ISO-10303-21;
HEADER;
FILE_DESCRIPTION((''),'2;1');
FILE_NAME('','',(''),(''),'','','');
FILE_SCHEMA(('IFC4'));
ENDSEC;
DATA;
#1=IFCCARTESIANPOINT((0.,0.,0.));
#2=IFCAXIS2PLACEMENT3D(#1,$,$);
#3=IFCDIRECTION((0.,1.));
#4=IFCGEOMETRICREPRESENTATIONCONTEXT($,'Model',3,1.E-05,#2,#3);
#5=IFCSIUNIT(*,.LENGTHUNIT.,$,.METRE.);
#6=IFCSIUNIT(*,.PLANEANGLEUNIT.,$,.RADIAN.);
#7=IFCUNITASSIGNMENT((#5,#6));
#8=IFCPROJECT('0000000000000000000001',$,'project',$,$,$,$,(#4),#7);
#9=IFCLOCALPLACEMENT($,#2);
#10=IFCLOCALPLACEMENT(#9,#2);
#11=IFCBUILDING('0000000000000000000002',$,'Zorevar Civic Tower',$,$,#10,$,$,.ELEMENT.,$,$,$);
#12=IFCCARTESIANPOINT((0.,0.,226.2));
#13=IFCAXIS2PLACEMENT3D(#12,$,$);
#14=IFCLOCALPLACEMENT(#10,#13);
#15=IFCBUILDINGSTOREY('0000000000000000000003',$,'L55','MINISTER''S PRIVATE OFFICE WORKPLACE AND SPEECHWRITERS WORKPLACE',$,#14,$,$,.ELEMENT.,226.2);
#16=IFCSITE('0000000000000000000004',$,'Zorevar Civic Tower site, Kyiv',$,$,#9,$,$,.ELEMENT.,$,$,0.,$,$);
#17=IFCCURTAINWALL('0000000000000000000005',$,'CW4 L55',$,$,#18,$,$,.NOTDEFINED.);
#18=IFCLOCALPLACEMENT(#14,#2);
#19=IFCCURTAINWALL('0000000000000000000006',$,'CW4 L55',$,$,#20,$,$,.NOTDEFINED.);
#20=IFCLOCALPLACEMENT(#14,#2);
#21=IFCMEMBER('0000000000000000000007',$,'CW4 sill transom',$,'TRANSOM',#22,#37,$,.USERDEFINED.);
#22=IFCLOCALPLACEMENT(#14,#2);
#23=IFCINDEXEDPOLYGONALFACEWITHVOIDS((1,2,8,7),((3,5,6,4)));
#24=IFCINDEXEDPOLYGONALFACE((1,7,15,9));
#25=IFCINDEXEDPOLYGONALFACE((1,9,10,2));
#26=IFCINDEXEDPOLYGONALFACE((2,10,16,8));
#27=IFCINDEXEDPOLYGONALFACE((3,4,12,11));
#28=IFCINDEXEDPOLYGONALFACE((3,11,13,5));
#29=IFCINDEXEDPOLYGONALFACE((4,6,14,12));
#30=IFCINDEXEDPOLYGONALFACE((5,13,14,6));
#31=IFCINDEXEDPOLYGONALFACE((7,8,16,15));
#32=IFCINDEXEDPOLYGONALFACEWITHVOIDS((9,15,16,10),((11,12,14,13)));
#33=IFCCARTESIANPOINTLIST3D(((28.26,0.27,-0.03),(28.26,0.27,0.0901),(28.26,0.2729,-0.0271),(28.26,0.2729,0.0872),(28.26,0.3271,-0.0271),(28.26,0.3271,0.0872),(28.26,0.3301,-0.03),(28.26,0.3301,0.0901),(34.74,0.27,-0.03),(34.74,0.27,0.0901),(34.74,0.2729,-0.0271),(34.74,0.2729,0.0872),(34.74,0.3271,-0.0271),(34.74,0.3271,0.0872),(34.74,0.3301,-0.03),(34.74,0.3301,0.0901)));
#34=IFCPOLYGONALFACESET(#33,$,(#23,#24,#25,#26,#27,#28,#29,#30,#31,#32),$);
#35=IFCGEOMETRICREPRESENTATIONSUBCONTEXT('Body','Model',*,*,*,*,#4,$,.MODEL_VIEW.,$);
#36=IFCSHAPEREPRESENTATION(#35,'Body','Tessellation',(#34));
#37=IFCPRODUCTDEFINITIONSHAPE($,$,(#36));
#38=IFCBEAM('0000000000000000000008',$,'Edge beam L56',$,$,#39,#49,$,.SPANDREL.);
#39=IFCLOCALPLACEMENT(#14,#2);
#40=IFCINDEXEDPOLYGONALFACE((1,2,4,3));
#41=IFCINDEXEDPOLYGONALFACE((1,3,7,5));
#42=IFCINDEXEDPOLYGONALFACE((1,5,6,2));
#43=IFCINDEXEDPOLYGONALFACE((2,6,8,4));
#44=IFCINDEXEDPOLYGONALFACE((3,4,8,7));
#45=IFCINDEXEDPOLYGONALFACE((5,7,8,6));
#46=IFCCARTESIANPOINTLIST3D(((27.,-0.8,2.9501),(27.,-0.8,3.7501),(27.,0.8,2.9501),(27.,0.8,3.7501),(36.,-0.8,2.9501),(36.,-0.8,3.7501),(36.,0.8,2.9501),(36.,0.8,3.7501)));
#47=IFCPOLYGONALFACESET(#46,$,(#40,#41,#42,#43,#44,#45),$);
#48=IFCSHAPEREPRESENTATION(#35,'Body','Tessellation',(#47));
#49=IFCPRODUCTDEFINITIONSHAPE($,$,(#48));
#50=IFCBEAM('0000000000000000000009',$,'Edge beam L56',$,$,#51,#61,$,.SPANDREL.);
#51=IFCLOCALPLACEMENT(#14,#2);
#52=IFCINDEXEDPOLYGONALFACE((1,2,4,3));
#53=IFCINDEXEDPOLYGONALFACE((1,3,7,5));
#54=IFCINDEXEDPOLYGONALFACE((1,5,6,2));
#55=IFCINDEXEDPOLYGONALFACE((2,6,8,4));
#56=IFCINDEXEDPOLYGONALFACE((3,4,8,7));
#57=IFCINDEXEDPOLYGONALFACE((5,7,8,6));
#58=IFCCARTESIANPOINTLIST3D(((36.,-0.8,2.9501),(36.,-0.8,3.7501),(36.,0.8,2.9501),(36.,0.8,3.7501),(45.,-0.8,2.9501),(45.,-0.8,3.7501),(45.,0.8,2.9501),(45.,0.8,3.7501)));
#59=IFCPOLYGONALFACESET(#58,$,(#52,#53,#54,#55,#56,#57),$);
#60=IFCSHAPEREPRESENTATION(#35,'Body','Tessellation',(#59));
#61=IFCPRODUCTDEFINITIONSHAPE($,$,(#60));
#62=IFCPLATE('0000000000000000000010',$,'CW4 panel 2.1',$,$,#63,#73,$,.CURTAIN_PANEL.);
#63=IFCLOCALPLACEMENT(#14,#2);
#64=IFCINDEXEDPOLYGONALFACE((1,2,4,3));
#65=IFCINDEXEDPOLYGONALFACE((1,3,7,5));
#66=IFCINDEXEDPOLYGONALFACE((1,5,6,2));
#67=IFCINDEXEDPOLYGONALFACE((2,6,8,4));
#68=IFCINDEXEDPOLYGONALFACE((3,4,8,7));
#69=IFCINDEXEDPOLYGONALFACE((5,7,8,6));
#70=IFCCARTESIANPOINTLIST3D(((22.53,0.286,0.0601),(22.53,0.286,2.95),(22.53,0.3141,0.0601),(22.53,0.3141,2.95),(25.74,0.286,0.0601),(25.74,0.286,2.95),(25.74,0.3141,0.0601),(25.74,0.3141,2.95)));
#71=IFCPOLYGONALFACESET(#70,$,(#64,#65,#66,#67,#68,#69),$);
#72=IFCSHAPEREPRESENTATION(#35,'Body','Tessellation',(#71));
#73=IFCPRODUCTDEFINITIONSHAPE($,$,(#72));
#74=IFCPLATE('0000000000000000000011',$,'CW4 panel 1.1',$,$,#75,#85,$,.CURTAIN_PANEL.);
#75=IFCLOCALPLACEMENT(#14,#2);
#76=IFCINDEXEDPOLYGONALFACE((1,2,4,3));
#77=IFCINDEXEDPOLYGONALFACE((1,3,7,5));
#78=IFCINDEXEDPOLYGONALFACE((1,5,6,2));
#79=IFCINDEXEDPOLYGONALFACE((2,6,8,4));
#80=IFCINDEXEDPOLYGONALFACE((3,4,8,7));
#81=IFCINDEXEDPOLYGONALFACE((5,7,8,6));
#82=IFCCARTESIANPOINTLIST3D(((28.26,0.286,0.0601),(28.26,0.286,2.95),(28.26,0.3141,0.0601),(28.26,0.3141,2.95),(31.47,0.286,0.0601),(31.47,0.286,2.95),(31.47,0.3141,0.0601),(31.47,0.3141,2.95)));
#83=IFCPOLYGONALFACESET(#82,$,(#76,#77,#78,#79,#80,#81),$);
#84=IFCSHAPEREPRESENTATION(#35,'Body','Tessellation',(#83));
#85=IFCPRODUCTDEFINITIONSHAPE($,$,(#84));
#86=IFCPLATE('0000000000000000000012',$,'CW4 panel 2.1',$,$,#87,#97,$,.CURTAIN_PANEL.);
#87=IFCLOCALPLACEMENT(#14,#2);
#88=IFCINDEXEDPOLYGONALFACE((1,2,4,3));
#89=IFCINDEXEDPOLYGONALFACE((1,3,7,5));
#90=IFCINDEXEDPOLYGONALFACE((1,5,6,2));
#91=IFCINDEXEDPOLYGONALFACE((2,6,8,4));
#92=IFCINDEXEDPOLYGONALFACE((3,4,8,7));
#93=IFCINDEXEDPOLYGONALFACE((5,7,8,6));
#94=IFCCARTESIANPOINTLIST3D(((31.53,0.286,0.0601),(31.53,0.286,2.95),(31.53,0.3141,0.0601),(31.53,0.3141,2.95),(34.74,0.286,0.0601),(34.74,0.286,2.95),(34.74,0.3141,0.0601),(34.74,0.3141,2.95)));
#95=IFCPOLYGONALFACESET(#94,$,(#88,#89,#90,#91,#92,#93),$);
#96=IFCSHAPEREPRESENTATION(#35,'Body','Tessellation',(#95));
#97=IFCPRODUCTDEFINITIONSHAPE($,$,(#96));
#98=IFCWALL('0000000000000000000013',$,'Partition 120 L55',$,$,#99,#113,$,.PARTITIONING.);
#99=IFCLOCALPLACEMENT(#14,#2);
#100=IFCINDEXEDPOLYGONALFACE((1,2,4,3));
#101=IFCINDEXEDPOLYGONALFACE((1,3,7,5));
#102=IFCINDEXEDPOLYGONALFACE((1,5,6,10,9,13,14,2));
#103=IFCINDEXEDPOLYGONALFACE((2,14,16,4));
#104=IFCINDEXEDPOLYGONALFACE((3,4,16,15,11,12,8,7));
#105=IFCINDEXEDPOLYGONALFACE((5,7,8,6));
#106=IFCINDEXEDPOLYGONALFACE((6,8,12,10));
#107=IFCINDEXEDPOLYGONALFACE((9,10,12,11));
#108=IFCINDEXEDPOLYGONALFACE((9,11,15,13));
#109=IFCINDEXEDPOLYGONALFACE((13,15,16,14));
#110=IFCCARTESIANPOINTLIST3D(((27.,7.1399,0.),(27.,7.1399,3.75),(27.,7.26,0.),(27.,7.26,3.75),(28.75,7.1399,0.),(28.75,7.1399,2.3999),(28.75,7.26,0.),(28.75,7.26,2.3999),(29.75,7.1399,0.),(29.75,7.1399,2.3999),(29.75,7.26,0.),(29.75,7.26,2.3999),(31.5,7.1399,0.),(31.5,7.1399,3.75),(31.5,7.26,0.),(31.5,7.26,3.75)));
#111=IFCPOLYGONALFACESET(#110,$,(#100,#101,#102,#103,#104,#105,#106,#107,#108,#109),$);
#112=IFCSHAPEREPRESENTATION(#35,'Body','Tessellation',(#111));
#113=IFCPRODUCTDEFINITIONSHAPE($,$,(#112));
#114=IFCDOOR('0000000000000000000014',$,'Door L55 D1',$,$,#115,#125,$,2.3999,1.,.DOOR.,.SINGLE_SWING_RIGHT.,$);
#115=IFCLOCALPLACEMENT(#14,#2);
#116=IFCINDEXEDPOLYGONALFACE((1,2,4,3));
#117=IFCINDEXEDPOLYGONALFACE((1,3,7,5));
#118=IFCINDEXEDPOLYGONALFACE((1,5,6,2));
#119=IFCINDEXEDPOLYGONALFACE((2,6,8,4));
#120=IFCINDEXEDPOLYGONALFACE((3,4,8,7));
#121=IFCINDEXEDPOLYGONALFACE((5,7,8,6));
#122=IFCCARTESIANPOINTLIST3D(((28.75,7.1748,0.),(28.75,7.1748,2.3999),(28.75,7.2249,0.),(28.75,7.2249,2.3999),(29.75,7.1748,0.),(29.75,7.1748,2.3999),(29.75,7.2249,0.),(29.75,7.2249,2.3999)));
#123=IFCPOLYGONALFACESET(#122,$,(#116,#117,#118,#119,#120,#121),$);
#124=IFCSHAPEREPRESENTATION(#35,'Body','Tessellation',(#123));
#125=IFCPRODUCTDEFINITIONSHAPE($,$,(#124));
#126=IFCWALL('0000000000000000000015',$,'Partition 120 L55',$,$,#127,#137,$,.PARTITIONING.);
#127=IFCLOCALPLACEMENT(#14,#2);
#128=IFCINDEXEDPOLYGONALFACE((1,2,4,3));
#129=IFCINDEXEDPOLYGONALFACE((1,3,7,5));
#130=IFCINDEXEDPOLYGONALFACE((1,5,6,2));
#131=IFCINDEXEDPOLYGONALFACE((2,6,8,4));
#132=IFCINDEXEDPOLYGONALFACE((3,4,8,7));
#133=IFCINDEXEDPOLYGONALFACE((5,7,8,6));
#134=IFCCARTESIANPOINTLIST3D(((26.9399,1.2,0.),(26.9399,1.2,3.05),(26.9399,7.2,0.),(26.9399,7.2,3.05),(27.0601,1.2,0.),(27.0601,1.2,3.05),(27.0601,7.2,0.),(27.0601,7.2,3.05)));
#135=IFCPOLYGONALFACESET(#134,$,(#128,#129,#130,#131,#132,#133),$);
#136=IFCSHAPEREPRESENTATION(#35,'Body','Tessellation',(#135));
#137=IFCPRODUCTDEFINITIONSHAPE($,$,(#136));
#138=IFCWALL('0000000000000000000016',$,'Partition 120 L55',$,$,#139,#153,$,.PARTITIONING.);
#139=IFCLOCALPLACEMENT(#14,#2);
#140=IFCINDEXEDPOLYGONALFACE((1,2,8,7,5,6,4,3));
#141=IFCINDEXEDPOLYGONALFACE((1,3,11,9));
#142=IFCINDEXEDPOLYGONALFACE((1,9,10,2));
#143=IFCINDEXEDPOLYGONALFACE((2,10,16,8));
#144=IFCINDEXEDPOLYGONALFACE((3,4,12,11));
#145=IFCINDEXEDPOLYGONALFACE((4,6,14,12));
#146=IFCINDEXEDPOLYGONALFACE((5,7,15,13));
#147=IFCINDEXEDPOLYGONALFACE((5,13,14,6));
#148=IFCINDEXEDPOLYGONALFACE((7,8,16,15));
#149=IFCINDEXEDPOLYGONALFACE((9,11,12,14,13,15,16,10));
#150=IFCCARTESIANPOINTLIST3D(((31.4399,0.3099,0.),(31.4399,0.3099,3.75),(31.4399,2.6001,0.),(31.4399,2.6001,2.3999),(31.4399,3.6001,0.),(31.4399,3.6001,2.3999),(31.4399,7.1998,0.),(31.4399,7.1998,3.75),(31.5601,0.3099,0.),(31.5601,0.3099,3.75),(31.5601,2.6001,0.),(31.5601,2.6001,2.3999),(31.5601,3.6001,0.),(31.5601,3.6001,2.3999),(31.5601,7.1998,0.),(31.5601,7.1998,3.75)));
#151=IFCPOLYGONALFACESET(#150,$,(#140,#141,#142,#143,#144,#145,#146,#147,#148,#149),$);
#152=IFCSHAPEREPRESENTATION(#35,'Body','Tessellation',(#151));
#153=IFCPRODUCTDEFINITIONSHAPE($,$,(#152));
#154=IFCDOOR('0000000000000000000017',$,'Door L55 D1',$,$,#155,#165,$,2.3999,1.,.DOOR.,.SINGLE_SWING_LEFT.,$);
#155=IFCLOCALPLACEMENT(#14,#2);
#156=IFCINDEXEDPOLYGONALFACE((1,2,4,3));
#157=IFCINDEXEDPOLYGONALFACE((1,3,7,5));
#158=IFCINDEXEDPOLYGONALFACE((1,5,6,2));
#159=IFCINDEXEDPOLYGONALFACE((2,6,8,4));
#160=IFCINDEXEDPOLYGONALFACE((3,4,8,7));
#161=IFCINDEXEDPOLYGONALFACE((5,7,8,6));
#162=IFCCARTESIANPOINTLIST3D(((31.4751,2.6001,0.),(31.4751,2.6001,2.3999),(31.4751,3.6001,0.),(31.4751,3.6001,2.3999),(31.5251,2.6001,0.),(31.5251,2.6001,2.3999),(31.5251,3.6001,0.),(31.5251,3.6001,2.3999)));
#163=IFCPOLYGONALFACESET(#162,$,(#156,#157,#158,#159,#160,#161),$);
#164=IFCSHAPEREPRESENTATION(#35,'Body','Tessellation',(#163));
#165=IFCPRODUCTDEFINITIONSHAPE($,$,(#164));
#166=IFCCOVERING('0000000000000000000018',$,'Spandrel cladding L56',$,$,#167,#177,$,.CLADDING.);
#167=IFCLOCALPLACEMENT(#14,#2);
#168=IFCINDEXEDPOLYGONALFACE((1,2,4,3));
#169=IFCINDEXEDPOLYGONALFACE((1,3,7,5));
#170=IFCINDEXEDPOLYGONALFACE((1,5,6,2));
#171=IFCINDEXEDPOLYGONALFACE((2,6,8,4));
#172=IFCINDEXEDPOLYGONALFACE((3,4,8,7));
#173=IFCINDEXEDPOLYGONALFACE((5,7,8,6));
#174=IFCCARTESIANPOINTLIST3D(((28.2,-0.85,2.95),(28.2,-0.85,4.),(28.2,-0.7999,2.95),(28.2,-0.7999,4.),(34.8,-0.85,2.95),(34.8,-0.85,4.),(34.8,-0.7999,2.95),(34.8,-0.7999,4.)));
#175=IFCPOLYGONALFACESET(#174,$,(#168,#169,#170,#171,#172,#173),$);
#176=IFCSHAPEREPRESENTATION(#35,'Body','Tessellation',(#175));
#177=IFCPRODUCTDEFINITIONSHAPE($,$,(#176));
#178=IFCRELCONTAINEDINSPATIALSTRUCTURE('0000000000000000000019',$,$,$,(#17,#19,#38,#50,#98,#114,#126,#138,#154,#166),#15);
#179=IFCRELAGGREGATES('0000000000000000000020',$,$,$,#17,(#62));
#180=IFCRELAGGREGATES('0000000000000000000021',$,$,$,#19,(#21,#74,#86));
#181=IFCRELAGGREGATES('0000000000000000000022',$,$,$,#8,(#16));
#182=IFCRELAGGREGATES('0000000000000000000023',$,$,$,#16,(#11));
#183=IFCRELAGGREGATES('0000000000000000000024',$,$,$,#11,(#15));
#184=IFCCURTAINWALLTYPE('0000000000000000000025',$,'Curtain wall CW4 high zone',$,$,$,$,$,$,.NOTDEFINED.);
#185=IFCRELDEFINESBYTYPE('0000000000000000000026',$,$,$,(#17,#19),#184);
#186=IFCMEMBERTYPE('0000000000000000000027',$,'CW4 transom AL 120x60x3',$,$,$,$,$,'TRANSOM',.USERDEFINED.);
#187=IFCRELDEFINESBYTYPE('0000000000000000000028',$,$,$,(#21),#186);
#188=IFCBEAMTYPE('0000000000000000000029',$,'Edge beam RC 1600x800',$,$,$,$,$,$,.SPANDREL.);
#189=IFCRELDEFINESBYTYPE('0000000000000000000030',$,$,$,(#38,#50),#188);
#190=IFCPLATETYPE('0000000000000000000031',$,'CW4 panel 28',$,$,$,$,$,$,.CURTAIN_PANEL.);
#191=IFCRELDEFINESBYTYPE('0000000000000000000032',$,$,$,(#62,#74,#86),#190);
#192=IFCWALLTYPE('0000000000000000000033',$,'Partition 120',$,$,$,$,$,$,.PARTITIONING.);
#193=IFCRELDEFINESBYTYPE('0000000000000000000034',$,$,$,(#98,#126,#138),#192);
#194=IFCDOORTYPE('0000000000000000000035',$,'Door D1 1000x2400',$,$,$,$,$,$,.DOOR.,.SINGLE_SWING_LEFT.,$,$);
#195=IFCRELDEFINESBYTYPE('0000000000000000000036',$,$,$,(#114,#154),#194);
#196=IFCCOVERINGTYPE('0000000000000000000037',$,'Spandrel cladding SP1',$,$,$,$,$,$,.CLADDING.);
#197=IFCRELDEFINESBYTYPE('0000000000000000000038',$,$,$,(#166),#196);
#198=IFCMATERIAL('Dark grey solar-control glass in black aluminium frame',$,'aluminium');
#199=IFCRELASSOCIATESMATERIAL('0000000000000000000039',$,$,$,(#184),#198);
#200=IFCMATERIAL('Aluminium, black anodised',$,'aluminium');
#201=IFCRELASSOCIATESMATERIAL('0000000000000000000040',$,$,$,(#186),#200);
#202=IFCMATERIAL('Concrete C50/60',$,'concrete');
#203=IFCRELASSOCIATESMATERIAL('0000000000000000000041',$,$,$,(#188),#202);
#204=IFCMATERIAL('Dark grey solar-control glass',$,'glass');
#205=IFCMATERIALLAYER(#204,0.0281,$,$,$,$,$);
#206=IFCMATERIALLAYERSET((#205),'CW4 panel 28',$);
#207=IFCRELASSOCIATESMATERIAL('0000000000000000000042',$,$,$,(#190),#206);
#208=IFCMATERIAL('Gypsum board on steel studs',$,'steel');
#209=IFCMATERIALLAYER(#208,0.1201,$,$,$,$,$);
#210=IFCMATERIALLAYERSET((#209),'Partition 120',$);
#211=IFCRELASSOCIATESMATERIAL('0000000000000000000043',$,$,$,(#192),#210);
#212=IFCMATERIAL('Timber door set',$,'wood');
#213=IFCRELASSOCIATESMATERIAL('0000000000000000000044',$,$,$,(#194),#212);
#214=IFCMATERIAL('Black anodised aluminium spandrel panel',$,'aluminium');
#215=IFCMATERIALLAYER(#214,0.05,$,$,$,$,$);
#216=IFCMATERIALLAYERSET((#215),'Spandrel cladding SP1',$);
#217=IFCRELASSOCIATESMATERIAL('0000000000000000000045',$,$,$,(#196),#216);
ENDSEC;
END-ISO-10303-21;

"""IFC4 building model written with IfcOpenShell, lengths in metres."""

from ifc_helpers import new_model, si_unit, direction, frame, frame_2d, origin, origin_2d, place, context, subcontext, project, spatial, rectangle, hollow_rectangle, extrude, material, layer, layer_set, material_profile, profile_set, type_object, element, fill, aggregate, save


model = new_model("IFC4")

# Units and contexts
model_context = context("Model", 3, precision=1e-05, world=origin(), true_north=direction((0.0, 1.0)))
body_context = subcontext(model_context, "Body", "Model", "MODEL_VIEW")
ifc_project = project(units=[si_unit("LENGTHUNIT", "METRE"), si_unit("PLANEANGLEUNIT", "RADIAN")], contexts=[model_context])

# Site, building, storey
site_placement = place(None, origin())
site = spatial("IfcSite", under=ifc_project, at=site_placement, Name="Zorevar Civic Tower site, Kyiv", CompositionType="ELEMENT", RefElevation=0.0)
building_placement = place(site_placement, origin())
building = spatial("IfcBuilding", under=site, at=building_placement, Name="Zorevar Civic Tower", CompositionType="ELEMENT")
storey_placement = place(building_placement, frame((0.0, 0.0, 226.2)))
storey = spatial("IfcBuildingStorey", under=building, at=storey_placement, Name="L55", Description="MINISTER'S PRIVATE OFFICE WORKPLACE AND SPEECHWRITERS WORKPLACE", CompositionType="ELEMENT", Elevation=226.2)

# Curtain walls
ifc_material_1 = material(Name="Dark grey solar-control glass in black aluminium frame", Category="aluminium")
curtain_wall_type = type_object("IfcCurtainWallType", Name="Curtain wall CW4 high zone", PredefinedType="NOTDEFINED", material=ifc_material_1)
curtain_wall_1_placement = place(storey_placement, origin())
curtain_wall_1 = element("IfcCurtainWall", 1, at=curtain_wall_1_placement, inside=storey, type_object=curtain_wall_type, Name="CW4 L55", PredefinedType="NOTDEFINED")
curtain_wall_2_placement = place(storey_placement, origin())
curtain_wall_2 = element("IfcCurtainWall", 2, at=curtain_wall_2_placement, inside=storey, type_object=curtain_wall_type, Name="CW4 L55", PredefinedType="NOTDEFINED")

# Member
ifc_material_2 = material(Name="Aluminium, black anodised", Category="aluminium")
ifc_material_profile_1 = material_profile(ifc_material_2, hollow_rectangle(XDim=0.0601, YDim=0.1201, WallThickness=0.0029, at=origin_2d()), Name="AL 120x60x3")
ifc_profile_set_1 = profile_set([ifc_material_profile_1], Name="Aluminium, black anodised")
member_type_1 = type_object("IfcMemberType", Name="CW4 transom AL 120x60x3", ElementType="TRANSOM", PredefinedType="USERDEFINED", material=ifc_profile_set_1)
member_1_placement = place(storey_placement, frame((28.26, 0.3, 0.03), z_axis=(1.0, 0.0, 0.0), x_axis=(0.0, 1.0, 0.0)))
member_1 = element("IfcMember", 3, at=member_1_placement, type_object=member_type_1, Name="CW4 sill transom", ObjectType="TRANSOM", PredefinedType="USERDEFINED", context=body_context, shape_type="SweptSolid", body=[
    extrude(hollow_rectangle(XDim=0.0601, YDim=0.1201, WallThickness=0.0029, at=origin_2d()), origin(), (0.0, 0.0, 1.0), 6.48),
])

# Beams
ifc_material_3 = material(Name="Concrete C50/60", Category="concrete")
ifc_material_profile_2 = material_profile(ifc_material_3, rectangle(XDim=1.6001, YDim=0.8, at=origin_2d()), Name="RC 1600x800")
ifc_profile_set_2 = profile_set([ifc_material_profile_2], Name="Concrete C50/60")
beam_type_1 = type_object("IfcBeamType", Name="Edge beam RC 1600x800", PredefinedType="SPANDREL", material=ifc_profile_set_2)
for number, where, z_axis, x_axis, name in (
    (4, (27.0, 0.0, 3.3501), (1.0, 0.0, 0.0), (0.0, 1.0, 0.0), "Edge beam L56"),
    (5, (36.0, 0.0, 3.3501), (1.0, 0.0, 0.0), (0.0, 1.0, 0.0), "Edge beam L56"),
):
    element("IfcBeam", number, at=place(storey_placement, frame(where, z_axis=z_axis, x_axis=x_axis)), inside=storey, type_object=beam_type_1, Name=name, PredefinedType="SPANDREL", context=body_context, shape_type="SweptSolid", body=[
        extrude(rectangle(XDim=1.6001, YDim=0.8, at=origin_2d()), origin(), (0.0, 0.0, 1.0), 9.0),
    ])

# Plates
ifc_material_4 = material(Name="Dark grey solar-control glass", Category="glass")
ifc_layer_1 = layer(ifc_material_4, 0.0281)
ifc_layer_set_1 = layer_set([ifc_layer_1], Name="CW4 panel 28")
plate_type = type_object("IfcPlateType", Name="CW4 panel 28", PredefinedType="CURTAIN_PANEL", material=ifc_layer_set_1)
plate_1_placement = place(storey_placement, frame((24.135, 0.3, 0.0601), z_axis=(0.0, 0.0, 1.0), x_axis=(1.0, 0.0, 0.0)))
plate_1 = element("IfcPlate", 6, at=plate_1_placement, type_object=plate_type, Name="CW4 panel 2.1", PredefinedType="CURTAIN_PANEL", context=body_context, shape_type="SweptSolid", body=[
    extrude(rectangle(XDim=3.21, YDim=0.0281, at=origin_2d()), origin(), (0.0, 0.0, 1.0), 2.8899),
])
aggregate(curtain_wall_1, [plate_1])
plate_2_placement = place(storey_placement, frame((29.865, 0.3, 0.0601), z_axis=(0.0, 0.0, 1.0), x_axis=(1.0, 0.0, 0.0)))
plate_2 = element("IfcPlate", 7, at=plate_2_placement, type_object=plate_type, Name="CW4 panel 1.1", PredefinedType="CURTAIN_PANEL", context=body_context, shape_type="SweptSolid", body=[
    extrude(rectangle(XDim=3.21, YDim=0.0281, at=origin_2d()), origin(), (0.0, 0.0, 1.0), 2.8899),
])
plate_3_placement = place(storey_placement, frame((33.135, 0.3, 0.0601), z_axis=(0.0, 0.0, 1.0), x_axis=(1.0, 0.0, 0.0)))
plate_3 = element("IfcPlate", 8, at=plate_3_placement, type_object=plate_type, Name="CW4 panel 2.1", PredefinedType="CURTAIN_PANEL", context=body_context, shape_type="SweptSolid", body=[
    extrude(rectangle(XDim=3.21, YDim=0.0281, at=origin_2d()), origin(), (0.0, 0.0, 1.0), 2.8899),
])
aggregate(curtain_wall_2, [member_1, plate_2, plate_3])

# Wall, opening, door
ifc_material_5 = material(Name="Gypsum board on steel studs", Category="steel")
ifc_layer_2 = layer(ifc_material_5, 0.1201)
ifc_layer_set_2 = layer_set([ifc_layer_2], Name="Partition 120")
wall_type = type_object("IfcWallType", Name="Partition 120", PredefinedType="PARTITIONING", material=ifc_layer_set_2)
wall_1_placement = place(storey_placement, frame((27.0, 7.2, 0.0), z_axis=(0.0, 0.0, 1.0), x_axis=(1.0, 0.0, 0.0)))
wall_1 = element("IfcWall", 9, at=wall_1_placement, inside=storey, type_object=wall_type, Name="Partition 120 L55", PredefinedType="PARTITIONING", context=body_context, shape_type="SweptSolid", body=[
    extrude(rectangle(XDim=4.5, YDim=0.1201, at=frame_2d((2.25, 0.0))), origin(), (0.0, 0.0, 1.0), 3.75),
])
opening_1_placement = place(wall_1_placement, frame((1.75, 0.0, 0.0)))
opening_1 = element("IfcOpeningElement", 10, at=opening_1_placement, cuts=wall_1, PredefinedType="OPENING", context=body_context, shape_type="SweptSolid", body=[
    extrude(rectangle(XDim=1.0, YDim=2.3999, at=frame_2d((0.5, 1.2))), frame((0.0, 0.0701, 0.0), z_axis=(0.0, -1.0, 0.0), x_axis=(1.0, 0.0, 0.0)), (0.0, 0.0, 1.0), 0.1401),
])
ifc_material_6 = material(Name="Timber door set", Category="wood")
door_type = type_object("IfcDoorType", Name="Door D1 1000x2400", OperationType="SINGLE_SWING_LEFT", PredefinedType="DOOR", material=ifc_material_6)
door_1_placement = place(opening_1_placement, origin())
door_1 = element("IfcDoor", 11, at=door_1_placement, inside=storey, type_object=door_type, Name="Door L55 D1", OperationType="SINGLE_SWING_RIGHT", OverallHeight=2.3999, OverallWidth=1.0, PredefinedType="DOOR", context=body_context, shape_type="SweptSolid", body=[
    extrude(rectangle(XDim=1.0, YDim=2.3999, at=frame_2d((0.5, 1.2))), frame((0.0, 0.0249, 0.0), z_axis=(0.0, -1.0, 0.0), x_axis=(1.0, 0.0, 0.0)), (0.0, 0.0, 1.0), 0.05),
])
fill(opening_1, door_1)

# Wall
wall_2_placement = place(storey_placement, frame((27.0, 1.2, 0.0), z_axis=(0.0, 0.0, 1.0), x_axis=(0.0, 1.0, 0.0)))
element("IfcWall", 12, at=wall_2_placement, inside=storey, type_object=wall_type, Name="Partition 120 L55", PredefinedType="PARTITIONING", context=body_context, shape_type="SweptSolid", body=[
    extrude(rectangle(XDim=6.0, YDim=0.1201, at=frame_2d((3.0, 0.0))), origin(), (0.0, 0.0, 1.0), 3.05),
])

# Wall, opening, door
wall_3_placement = place(storey_placement, frame((31.5, 0.3101, 0.0), z_axis=(0.0, 0.0, 1.0), x_axis=(0.0, 1.0, 0.0)))
wall_3 = element("IfcWall", 13, at=wall_3_placement, inside=storey, type_object=wall_type, Name="Partition 120 L55", PredefinedType="PARTITIONING", context=body_context, shape_type="SweptSolid", body=[
    extrude(rectangle(XDim=6.8899, YDim=0.1201, at=frame_2d((3.4448, 0.0))), origin(), (0.0, 0.0, 1.0), 3.75),
])
opening_2_placement = place(wall_3_placement, frame((2.29, 0.0, 0.0)))
opening_2 = element("IfcOpeningElement", 14, at=opening_2_placement, cuts=wall_3, PredefinedType="OPENING", context=body_context, shape_type="SweptSolid", body=[
    extrude(rectangle(XDim=1.0, YDim=2.3999, at=frame_2d((0.5, 1.2))), frame((0.0, 0.0701, 0.0), z_axis=(0.0, -1.0, 0.0), x_axis=(1.0, 0.0, 0.0)), (0.0, 0.0, 1.0), 0.1401),
])
door_2_placement = place(opening_2_placement, origin())
door_2 = element("IfcDoor", 15, at=door_2_placement, inside=storey, type_object=door_type, Name="Door L55 D1", OperationType="SINGLE_SWING_LEFT", OverallHeight=2.3999, OverallWidth=1.0, PredefinedType="DOOR", context=body_context, shape_type="SweptSolid", body=[
    extrude(rectangle(XDim=1.0, YDim=2.3999, at=frame_2d((0.5, 1.2))), frame((0.0, 0.0249, 0.0), z_axis=(0.0, -1.0, 0.0), x_axis=(1.0, 0.0, 0.0)), (0.0, 0.0, 1.0), 0.05),
])
fill(opening_2, door_2)

# Covering
ifc_material_7 = material(Name="Black anodised aluminium spandrel panel", Category="aluminium")
ifc_layer_3 = layer(ifc_material_7, 0.05)
ifc_layer_set_3 = layer_set([ifc_layer_3], Name="Spandrel cladding SP1")
covering_type = type_object("IfcCoveringType", Name="Spandrel cladding SP1", PredefinedType="CLADDING", material=ifc_layer_set_3)
for number, where, z_axis, x_axis, name in (
    (16, (28.2, -0.825, 2.95), (0.0, 0.0, 1.0), (1.0, 0.0, 0.0), "Spandrel cladding L56"),
):
    element("IfcCovering", number, at=place(storey_placement, frame(where, z_axis=z_axis, x_axis=x_axis)), inside=storey, type_object=covering_type, Name=name, PredefinedType="CLADDING", context=body_context, shape_type="SweptSolid", body=[
        extrude(rectangle(XDim=6.6001, YDim=0.05, at=frame_2d((3.3, 0.0))), origin(), (0.0, 0.0, 1.0), 1.05),
    ])

save(model, "model.ifc")
